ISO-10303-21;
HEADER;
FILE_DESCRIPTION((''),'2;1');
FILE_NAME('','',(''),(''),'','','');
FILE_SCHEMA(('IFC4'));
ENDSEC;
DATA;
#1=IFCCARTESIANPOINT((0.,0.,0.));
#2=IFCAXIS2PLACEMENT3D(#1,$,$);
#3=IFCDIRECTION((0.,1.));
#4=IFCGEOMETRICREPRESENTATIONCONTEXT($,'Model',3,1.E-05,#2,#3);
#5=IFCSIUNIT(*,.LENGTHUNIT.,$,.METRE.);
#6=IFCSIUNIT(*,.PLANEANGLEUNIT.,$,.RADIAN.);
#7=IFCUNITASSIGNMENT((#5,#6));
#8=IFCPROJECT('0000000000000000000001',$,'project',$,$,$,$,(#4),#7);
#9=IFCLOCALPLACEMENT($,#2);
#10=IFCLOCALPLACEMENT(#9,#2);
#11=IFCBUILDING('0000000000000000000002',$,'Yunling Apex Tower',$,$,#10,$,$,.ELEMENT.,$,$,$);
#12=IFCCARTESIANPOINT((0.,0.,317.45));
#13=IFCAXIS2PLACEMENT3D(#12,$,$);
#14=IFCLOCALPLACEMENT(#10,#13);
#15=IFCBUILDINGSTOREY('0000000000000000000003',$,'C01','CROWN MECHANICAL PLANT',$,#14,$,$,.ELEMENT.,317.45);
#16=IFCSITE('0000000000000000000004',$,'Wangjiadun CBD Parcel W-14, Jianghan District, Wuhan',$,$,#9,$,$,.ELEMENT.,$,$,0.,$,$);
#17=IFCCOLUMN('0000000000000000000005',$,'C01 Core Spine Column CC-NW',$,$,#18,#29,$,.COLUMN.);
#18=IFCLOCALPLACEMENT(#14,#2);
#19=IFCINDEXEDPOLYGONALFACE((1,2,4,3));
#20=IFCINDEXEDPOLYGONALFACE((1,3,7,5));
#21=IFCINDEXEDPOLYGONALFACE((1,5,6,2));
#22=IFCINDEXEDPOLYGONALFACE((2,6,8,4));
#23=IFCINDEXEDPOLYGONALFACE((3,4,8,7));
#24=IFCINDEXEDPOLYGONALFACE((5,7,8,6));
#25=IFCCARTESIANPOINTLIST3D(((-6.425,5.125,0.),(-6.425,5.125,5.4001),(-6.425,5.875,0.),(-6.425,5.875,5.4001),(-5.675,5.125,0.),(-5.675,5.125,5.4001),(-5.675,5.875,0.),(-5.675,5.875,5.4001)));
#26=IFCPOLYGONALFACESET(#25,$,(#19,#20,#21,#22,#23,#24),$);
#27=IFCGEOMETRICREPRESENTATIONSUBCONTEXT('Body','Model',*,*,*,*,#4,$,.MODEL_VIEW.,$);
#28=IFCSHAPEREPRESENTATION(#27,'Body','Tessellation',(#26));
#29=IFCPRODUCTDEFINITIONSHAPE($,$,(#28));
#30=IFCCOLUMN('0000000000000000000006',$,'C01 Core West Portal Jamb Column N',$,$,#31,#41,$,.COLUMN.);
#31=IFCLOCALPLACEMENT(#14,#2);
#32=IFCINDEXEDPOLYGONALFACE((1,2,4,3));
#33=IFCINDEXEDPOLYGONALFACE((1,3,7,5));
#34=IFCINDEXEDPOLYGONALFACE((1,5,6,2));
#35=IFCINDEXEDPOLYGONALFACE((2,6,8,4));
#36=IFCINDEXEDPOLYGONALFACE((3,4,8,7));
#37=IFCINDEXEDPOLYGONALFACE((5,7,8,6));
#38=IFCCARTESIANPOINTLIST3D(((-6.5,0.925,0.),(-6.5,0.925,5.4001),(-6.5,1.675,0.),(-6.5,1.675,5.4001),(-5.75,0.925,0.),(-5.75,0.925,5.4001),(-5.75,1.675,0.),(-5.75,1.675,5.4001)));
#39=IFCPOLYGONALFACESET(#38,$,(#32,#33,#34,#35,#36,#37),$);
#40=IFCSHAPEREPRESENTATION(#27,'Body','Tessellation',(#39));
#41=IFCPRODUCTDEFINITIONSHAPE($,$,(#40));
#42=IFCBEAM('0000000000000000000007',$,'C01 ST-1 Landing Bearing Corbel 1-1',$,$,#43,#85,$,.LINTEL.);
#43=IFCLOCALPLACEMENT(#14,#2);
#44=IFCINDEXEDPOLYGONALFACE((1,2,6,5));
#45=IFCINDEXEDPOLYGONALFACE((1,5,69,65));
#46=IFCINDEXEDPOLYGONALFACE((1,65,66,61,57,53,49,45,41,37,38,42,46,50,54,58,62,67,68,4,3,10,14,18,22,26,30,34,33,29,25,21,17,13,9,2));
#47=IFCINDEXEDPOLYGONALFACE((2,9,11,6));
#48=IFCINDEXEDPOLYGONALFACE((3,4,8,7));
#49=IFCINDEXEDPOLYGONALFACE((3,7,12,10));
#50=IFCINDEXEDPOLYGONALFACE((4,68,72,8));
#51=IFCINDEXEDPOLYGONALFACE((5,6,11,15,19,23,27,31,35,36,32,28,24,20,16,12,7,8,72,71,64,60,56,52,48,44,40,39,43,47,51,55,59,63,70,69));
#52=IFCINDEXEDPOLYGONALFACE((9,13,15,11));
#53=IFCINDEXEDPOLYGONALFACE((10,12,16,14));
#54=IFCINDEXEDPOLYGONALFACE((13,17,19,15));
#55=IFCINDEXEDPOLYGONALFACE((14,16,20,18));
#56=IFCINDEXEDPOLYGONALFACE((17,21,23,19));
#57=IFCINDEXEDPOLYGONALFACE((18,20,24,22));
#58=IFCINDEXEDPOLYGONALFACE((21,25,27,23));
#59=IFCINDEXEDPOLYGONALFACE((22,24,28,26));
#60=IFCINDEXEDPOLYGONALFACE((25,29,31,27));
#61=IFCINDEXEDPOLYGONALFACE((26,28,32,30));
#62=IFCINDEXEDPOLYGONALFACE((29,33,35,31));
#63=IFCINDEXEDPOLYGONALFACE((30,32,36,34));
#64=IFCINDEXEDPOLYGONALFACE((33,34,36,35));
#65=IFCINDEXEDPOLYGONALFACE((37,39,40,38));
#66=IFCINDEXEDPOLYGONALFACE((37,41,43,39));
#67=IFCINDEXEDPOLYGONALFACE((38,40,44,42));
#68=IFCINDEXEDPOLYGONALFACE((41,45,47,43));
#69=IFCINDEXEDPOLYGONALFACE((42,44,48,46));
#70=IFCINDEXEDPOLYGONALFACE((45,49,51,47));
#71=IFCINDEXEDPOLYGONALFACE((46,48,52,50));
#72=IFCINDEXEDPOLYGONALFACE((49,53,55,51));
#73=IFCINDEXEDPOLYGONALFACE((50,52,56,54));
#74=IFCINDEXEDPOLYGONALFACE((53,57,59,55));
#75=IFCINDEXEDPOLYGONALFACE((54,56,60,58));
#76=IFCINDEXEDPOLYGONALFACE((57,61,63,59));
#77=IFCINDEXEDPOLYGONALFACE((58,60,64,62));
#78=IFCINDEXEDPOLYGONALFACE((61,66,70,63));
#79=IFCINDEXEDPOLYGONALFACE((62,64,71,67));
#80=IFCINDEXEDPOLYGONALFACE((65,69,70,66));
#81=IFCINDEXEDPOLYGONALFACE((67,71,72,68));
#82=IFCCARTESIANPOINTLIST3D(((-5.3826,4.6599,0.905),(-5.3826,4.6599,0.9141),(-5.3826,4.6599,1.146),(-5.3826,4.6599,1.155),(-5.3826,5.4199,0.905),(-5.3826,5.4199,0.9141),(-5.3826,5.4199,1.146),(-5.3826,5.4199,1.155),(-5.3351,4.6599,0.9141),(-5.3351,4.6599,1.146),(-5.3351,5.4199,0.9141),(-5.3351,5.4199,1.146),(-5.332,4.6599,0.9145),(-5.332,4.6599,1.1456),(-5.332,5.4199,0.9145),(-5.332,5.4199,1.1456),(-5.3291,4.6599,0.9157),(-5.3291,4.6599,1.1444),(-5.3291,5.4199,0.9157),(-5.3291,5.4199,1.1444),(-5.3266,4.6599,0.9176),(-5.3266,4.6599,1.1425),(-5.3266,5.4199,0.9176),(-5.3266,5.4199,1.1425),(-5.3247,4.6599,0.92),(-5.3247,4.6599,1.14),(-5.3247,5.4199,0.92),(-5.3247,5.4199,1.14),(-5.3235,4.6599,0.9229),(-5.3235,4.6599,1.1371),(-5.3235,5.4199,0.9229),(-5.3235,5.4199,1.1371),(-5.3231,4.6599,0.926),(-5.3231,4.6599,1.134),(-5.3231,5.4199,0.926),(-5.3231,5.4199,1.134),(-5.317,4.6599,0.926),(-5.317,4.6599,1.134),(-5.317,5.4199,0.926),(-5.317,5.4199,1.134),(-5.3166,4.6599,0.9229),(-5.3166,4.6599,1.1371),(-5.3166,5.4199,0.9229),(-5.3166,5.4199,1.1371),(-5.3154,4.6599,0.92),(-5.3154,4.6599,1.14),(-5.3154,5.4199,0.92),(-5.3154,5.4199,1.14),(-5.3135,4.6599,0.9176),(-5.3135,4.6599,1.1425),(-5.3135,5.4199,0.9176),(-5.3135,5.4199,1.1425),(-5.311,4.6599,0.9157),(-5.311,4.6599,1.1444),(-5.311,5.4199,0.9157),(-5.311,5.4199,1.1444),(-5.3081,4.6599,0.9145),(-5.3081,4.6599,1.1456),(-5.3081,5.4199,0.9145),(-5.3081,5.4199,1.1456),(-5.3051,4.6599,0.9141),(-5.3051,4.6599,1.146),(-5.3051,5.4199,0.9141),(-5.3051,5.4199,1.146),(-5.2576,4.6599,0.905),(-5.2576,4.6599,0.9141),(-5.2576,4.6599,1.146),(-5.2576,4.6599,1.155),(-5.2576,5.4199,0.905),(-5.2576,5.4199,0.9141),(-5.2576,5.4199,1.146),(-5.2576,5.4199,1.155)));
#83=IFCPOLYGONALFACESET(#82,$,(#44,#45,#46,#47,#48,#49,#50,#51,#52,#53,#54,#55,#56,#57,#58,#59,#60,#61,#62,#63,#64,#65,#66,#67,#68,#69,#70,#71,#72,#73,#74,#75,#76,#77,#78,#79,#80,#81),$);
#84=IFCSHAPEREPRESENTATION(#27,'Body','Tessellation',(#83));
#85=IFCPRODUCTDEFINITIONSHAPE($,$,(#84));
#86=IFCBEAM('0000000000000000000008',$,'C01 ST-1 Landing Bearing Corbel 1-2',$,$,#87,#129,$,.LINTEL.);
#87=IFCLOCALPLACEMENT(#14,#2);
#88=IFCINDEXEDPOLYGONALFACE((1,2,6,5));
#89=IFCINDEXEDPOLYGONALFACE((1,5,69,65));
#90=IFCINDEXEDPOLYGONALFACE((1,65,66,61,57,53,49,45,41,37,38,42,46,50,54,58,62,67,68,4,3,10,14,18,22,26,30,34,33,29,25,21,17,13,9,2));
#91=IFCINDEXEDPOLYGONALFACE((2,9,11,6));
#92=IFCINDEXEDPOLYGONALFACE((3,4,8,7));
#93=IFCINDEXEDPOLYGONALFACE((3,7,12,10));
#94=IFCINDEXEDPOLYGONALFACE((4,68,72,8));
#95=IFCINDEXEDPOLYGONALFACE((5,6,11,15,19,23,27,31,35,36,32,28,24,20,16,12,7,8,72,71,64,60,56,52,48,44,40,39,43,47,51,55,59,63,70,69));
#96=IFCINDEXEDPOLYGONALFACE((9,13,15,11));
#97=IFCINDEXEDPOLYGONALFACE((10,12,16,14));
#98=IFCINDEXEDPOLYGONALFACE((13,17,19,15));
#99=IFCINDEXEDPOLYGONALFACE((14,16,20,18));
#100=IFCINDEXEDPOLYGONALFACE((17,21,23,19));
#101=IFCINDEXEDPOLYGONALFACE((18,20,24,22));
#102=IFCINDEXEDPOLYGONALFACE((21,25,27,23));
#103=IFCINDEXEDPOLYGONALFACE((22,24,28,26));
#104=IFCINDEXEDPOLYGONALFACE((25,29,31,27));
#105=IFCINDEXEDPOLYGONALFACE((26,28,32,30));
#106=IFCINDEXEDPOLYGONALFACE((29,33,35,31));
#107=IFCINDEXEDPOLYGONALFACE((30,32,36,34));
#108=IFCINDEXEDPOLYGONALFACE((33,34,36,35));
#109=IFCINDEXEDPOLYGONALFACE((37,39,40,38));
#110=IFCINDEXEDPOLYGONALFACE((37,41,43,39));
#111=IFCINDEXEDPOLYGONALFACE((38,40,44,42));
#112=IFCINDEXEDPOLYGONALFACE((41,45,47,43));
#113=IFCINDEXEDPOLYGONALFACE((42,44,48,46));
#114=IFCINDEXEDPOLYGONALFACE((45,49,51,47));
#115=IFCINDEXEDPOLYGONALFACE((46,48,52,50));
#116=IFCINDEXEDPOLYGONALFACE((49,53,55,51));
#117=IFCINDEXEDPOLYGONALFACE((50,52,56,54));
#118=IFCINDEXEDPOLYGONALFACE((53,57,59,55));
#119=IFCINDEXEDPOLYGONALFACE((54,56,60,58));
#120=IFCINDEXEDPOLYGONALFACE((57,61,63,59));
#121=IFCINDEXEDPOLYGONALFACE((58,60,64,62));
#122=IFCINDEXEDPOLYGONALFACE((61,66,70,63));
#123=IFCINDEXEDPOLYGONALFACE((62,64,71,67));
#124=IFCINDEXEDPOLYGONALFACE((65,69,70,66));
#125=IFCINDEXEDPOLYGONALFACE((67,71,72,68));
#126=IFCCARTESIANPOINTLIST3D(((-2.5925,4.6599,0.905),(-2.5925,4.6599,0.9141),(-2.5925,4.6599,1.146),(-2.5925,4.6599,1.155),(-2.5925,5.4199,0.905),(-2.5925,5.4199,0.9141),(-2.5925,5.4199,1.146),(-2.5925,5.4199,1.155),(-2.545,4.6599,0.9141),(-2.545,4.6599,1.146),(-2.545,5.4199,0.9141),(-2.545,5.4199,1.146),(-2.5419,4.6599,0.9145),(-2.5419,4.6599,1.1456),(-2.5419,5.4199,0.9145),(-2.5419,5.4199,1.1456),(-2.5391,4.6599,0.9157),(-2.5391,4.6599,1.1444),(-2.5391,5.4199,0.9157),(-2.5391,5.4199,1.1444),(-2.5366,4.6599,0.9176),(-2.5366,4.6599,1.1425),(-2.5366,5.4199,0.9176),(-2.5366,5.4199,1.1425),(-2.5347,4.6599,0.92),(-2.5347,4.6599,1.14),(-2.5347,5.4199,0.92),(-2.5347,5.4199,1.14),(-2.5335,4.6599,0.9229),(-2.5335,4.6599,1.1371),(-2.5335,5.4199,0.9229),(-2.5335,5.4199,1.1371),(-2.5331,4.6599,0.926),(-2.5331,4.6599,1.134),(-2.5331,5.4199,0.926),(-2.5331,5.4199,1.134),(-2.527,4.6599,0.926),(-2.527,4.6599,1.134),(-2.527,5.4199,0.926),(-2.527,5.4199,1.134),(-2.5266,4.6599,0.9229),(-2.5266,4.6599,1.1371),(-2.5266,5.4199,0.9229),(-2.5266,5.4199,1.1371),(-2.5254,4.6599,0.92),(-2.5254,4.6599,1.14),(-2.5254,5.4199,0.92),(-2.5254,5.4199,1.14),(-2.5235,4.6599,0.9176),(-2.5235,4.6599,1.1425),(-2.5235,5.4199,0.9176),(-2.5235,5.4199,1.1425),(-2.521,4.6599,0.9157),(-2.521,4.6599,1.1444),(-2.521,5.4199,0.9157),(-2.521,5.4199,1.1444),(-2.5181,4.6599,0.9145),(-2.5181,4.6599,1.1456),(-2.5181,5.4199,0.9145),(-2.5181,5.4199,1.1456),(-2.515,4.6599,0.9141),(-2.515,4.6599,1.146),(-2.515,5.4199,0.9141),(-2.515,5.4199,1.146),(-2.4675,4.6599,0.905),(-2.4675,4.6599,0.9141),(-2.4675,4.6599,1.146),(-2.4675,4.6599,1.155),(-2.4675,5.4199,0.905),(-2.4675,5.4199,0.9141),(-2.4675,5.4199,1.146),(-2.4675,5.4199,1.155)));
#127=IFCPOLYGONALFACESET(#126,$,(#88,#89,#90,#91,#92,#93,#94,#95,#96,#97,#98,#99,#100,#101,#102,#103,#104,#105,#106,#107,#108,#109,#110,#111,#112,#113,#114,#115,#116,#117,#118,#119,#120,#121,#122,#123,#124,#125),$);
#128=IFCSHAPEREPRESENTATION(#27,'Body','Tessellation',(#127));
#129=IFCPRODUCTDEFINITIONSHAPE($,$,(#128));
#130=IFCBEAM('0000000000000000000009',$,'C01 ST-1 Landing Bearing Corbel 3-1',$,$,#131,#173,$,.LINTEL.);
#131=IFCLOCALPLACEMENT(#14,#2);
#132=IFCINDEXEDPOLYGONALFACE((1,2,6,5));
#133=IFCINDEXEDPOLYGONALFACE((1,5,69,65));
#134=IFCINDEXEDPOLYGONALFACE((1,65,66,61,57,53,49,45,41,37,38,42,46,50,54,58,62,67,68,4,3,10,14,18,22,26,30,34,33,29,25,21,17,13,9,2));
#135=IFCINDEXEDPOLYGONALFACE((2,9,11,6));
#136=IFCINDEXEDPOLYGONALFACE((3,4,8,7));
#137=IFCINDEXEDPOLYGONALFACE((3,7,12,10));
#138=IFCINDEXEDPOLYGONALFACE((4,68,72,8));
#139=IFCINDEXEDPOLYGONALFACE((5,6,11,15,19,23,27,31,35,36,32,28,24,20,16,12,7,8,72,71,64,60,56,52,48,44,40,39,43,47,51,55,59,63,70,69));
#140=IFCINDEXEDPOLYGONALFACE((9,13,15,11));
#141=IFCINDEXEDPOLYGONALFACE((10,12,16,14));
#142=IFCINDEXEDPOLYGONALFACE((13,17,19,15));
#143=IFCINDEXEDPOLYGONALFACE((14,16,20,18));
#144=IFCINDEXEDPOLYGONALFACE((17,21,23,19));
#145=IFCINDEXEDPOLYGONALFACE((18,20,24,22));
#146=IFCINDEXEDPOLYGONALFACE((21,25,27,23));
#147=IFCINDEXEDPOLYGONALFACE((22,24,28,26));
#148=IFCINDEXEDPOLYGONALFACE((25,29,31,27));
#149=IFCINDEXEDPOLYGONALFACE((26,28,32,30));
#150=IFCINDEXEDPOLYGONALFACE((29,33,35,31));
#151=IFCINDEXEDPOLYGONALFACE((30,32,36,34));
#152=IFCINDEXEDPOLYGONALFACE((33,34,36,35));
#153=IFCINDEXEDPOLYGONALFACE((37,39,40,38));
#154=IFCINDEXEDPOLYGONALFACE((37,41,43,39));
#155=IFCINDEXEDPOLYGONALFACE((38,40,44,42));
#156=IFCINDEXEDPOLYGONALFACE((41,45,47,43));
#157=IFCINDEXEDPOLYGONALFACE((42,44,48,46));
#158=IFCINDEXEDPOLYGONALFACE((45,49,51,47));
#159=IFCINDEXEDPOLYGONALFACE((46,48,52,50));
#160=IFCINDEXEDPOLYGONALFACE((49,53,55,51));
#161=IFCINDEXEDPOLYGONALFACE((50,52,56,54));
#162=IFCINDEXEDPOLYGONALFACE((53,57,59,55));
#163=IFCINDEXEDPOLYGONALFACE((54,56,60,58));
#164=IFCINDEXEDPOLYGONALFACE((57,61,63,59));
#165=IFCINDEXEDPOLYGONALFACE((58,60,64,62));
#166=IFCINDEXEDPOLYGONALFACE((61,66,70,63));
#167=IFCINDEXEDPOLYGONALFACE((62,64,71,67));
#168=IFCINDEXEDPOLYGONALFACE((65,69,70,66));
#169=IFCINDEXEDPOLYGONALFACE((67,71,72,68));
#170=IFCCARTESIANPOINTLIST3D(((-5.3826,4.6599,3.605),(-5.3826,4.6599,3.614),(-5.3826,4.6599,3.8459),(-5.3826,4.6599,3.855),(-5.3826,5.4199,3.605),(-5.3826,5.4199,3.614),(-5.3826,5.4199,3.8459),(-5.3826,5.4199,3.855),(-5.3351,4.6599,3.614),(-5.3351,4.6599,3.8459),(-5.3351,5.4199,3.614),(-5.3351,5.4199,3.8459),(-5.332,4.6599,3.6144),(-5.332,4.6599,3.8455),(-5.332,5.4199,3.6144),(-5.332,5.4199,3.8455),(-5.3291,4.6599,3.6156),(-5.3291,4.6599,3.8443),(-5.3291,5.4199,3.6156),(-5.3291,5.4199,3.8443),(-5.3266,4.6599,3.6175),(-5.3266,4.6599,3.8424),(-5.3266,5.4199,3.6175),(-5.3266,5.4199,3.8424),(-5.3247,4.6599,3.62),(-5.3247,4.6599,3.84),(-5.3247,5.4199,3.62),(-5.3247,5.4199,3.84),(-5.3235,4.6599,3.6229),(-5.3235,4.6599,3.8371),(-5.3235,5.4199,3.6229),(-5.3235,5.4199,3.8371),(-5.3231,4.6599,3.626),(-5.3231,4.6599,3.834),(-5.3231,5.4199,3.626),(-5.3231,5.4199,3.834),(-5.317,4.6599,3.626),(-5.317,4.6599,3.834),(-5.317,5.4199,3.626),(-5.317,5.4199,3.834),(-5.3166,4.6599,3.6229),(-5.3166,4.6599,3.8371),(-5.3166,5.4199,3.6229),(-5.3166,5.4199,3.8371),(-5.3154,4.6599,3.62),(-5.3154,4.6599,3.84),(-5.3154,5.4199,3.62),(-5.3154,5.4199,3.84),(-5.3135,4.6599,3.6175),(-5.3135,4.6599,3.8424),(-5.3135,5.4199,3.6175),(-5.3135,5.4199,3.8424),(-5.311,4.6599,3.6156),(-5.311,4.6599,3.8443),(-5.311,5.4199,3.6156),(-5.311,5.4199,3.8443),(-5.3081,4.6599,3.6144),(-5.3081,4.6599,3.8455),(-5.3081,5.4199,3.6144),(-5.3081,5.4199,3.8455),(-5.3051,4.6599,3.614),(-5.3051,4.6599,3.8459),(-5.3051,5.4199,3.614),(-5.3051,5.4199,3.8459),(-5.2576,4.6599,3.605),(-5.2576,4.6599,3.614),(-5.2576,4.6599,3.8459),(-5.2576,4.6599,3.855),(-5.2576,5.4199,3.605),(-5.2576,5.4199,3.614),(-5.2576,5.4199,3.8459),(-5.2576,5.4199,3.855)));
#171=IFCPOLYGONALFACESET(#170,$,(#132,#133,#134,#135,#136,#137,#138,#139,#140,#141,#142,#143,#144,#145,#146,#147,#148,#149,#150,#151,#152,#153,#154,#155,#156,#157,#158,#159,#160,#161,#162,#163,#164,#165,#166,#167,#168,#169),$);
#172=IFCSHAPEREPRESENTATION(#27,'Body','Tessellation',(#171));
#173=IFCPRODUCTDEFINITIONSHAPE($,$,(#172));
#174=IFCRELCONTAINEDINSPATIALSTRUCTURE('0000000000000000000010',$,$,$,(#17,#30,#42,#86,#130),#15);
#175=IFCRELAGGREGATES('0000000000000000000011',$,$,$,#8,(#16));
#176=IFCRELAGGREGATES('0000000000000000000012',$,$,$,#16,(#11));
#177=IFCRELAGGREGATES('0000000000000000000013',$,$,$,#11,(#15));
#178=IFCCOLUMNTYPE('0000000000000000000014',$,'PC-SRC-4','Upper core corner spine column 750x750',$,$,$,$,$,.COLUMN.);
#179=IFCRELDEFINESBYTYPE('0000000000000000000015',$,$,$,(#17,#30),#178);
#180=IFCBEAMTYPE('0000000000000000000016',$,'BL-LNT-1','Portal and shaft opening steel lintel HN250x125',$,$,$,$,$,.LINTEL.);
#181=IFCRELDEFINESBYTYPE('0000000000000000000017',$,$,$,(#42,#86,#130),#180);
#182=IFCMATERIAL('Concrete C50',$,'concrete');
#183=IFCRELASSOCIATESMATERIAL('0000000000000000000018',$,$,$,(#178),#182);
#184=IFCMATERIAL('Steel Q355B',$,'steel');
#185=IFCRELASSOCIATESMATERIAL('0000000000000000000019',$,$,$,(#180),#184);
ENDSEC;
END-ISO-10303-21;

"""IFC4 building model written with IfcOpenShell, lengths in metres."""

from ifc_helpers import new_model, si_unit, direction, frame, origin, origin_2d, place, context, subcontext, project, spatial, rectangle, i_section, extrude, source, transform, mapped, material, material_profile, profile_set, type_object, element, save


model = new_model("IFC4")

# Units and contexts
model_context = context("Model", 3, precision=1e-05, world=origin(), true_north=direction((0.0, 1.0)))
body_context = subcontext(model_context, "Body", "Model", "MODEL_VIEW")
ifc_project = project(units=[si_unit("LENGTHUNIT", "METRE"), si_unit("PLANEANGLEUNIT", "RADIAN")], contexts=[model_context])

# Site, building, storey
site_placement = place(None, origin())
site = spatial("IfcSite", under=ifc_project, at=site_placement, Name="Wangjiadun CBD Parcel W-14, Jianghan District, Wuhan", CompositionType="ELEMENT", RefElevation=0.0)
building_placement = place(site_placement, origin())
building = spatial("IfcBuilding", under=site, at=building_placement, Name="Yunling Apex Tower", CompositionType="ELEMENT")
storey_placement = place(building_placement, frame((0.0, 0.0, 317.45)))
storey = spatial("IfcBuildingStorey", under=building, at=storey_placement, Name="C01", Description="CROWN MECHANICAL PLANT", CompositionType="ELEMENT", Elevation=317.45)

# Columns
ifc_material_1 = material(Name="Concrete C50", Category="concrete")
ifc_material_profile_1 = material_profile(ifc_material_1, rectangle(XDim=0.75, YDim=0.75, at=origin_2d()))
ifc_profile_set_1 = profile_set([ifc_material_profile_1], Name="Concrete C50")
column_type = type_object("IfcColumnType", Name="PC-SRC-4", Description="Upper core corner spine column 750x750", PredefinedType="COLUMN", material=ifc_profile_set_1)
shared_shape_1 = source(origin(), body_context, "Body", "SweptSolid", [
    extrude(rectangle(XDim=0.75, YDim=0.75, at=origin_2d()), origin(), (0.0, 0.0, 1.0), 5.4001),
])
for number, where, z_axis, x_axis, name in (
    (1, (-6.05, 5.5, 0.0), (0.0, 0.0, 1.0), (1.0, 0.0, 0.0), "C01 Core Spine Column CC-NW"),
    (2, (-6.125, 1.3, 0.0), (0.0, 0.0, 1.0), (1.0, 0.0, 0.0), "C01 Core West Portal Jamb Column N"),
):
    element("IfcColumn", number, at=place(storey_placement, frame(where, z_axis=z_axis, x_axis=x_axis)), inside=storey, type_object=column_type, Name=name, PredefinedType="COLUMN", context=body_context, shape_type="MappedRepresentation", body=[
        mapped(shared_shape_1, transform((0.0, 0.0, 0.0), scale=1.0)),
    ])

# Beams
ifc_material_2 = material(Name="Steel Q355B", Category="steel")
ifc_material_profile_2 = material_profile(ifc_material_2, i_section(OverallWidth=0.125, OverallDepth=0.25, WebThickness=0.0061, FlangeThickness=0.009, FilletRadius=0.012, at=origin_2d()))
ifc_profile_set_2 = profile_set([ifc_material_profile_2], Name="Steel Q355B")
beam_type = type_object("IfcBeamType", Name="BL-LNT-1", Description="Portal and shaft opening steel lintel HN250x125", PredefinedType="LINTEL", material=ifc_profile_set_2)
shared_shape_2 = source(origin(), body_context, "Body", "SweptSolid", [
    extrude(i_section(OverallWidth=0.125, OverallDepth=0.25, WebThickness=0.0061, FlangeThickness=0.009, FilletRadius=0.012, at=origin_2d()), origin(), (0.0, 0.0, 1.0), 0.76),
])
for number, where, z_axis, x_axis, name in (
    (3, (-5.3201, 5.4199, 1.03), (0.0, -1.0, 0.0), (1.0, 0.0, 0.0), "C01 ST-1 Landing Bearing Corbel 1-1"),
    (4, (-2.53, 5.4199, 1.03), (0.0, -1.0, 0.0), (1.0, 0.0, 0.0), "C01 ST-1 Landing Bearing Corbel 1-2"),
    (5, (-5.3201, 5.4199, 3.73), (0.0, -1.0, 0.0), (1.0, 0.0, 0.0), "C01 ST-1 Landing Bearing Corbel 3-1"),
):
    element("IfcBeam", number, at=place(storey_placement, frame(where, z_axis=z_axis, x_axis=x_axis)), inside=storey, type_object=beam_type, Name=name, PredefinedType="LINTEL", context=body_context, shape_type="MappedRepresentation", body=[
        mapped(shared_shape_2, transform((0.0, 0.0, 0.0), scale=1.0)),
    ])

save(model, "model.ifc")
